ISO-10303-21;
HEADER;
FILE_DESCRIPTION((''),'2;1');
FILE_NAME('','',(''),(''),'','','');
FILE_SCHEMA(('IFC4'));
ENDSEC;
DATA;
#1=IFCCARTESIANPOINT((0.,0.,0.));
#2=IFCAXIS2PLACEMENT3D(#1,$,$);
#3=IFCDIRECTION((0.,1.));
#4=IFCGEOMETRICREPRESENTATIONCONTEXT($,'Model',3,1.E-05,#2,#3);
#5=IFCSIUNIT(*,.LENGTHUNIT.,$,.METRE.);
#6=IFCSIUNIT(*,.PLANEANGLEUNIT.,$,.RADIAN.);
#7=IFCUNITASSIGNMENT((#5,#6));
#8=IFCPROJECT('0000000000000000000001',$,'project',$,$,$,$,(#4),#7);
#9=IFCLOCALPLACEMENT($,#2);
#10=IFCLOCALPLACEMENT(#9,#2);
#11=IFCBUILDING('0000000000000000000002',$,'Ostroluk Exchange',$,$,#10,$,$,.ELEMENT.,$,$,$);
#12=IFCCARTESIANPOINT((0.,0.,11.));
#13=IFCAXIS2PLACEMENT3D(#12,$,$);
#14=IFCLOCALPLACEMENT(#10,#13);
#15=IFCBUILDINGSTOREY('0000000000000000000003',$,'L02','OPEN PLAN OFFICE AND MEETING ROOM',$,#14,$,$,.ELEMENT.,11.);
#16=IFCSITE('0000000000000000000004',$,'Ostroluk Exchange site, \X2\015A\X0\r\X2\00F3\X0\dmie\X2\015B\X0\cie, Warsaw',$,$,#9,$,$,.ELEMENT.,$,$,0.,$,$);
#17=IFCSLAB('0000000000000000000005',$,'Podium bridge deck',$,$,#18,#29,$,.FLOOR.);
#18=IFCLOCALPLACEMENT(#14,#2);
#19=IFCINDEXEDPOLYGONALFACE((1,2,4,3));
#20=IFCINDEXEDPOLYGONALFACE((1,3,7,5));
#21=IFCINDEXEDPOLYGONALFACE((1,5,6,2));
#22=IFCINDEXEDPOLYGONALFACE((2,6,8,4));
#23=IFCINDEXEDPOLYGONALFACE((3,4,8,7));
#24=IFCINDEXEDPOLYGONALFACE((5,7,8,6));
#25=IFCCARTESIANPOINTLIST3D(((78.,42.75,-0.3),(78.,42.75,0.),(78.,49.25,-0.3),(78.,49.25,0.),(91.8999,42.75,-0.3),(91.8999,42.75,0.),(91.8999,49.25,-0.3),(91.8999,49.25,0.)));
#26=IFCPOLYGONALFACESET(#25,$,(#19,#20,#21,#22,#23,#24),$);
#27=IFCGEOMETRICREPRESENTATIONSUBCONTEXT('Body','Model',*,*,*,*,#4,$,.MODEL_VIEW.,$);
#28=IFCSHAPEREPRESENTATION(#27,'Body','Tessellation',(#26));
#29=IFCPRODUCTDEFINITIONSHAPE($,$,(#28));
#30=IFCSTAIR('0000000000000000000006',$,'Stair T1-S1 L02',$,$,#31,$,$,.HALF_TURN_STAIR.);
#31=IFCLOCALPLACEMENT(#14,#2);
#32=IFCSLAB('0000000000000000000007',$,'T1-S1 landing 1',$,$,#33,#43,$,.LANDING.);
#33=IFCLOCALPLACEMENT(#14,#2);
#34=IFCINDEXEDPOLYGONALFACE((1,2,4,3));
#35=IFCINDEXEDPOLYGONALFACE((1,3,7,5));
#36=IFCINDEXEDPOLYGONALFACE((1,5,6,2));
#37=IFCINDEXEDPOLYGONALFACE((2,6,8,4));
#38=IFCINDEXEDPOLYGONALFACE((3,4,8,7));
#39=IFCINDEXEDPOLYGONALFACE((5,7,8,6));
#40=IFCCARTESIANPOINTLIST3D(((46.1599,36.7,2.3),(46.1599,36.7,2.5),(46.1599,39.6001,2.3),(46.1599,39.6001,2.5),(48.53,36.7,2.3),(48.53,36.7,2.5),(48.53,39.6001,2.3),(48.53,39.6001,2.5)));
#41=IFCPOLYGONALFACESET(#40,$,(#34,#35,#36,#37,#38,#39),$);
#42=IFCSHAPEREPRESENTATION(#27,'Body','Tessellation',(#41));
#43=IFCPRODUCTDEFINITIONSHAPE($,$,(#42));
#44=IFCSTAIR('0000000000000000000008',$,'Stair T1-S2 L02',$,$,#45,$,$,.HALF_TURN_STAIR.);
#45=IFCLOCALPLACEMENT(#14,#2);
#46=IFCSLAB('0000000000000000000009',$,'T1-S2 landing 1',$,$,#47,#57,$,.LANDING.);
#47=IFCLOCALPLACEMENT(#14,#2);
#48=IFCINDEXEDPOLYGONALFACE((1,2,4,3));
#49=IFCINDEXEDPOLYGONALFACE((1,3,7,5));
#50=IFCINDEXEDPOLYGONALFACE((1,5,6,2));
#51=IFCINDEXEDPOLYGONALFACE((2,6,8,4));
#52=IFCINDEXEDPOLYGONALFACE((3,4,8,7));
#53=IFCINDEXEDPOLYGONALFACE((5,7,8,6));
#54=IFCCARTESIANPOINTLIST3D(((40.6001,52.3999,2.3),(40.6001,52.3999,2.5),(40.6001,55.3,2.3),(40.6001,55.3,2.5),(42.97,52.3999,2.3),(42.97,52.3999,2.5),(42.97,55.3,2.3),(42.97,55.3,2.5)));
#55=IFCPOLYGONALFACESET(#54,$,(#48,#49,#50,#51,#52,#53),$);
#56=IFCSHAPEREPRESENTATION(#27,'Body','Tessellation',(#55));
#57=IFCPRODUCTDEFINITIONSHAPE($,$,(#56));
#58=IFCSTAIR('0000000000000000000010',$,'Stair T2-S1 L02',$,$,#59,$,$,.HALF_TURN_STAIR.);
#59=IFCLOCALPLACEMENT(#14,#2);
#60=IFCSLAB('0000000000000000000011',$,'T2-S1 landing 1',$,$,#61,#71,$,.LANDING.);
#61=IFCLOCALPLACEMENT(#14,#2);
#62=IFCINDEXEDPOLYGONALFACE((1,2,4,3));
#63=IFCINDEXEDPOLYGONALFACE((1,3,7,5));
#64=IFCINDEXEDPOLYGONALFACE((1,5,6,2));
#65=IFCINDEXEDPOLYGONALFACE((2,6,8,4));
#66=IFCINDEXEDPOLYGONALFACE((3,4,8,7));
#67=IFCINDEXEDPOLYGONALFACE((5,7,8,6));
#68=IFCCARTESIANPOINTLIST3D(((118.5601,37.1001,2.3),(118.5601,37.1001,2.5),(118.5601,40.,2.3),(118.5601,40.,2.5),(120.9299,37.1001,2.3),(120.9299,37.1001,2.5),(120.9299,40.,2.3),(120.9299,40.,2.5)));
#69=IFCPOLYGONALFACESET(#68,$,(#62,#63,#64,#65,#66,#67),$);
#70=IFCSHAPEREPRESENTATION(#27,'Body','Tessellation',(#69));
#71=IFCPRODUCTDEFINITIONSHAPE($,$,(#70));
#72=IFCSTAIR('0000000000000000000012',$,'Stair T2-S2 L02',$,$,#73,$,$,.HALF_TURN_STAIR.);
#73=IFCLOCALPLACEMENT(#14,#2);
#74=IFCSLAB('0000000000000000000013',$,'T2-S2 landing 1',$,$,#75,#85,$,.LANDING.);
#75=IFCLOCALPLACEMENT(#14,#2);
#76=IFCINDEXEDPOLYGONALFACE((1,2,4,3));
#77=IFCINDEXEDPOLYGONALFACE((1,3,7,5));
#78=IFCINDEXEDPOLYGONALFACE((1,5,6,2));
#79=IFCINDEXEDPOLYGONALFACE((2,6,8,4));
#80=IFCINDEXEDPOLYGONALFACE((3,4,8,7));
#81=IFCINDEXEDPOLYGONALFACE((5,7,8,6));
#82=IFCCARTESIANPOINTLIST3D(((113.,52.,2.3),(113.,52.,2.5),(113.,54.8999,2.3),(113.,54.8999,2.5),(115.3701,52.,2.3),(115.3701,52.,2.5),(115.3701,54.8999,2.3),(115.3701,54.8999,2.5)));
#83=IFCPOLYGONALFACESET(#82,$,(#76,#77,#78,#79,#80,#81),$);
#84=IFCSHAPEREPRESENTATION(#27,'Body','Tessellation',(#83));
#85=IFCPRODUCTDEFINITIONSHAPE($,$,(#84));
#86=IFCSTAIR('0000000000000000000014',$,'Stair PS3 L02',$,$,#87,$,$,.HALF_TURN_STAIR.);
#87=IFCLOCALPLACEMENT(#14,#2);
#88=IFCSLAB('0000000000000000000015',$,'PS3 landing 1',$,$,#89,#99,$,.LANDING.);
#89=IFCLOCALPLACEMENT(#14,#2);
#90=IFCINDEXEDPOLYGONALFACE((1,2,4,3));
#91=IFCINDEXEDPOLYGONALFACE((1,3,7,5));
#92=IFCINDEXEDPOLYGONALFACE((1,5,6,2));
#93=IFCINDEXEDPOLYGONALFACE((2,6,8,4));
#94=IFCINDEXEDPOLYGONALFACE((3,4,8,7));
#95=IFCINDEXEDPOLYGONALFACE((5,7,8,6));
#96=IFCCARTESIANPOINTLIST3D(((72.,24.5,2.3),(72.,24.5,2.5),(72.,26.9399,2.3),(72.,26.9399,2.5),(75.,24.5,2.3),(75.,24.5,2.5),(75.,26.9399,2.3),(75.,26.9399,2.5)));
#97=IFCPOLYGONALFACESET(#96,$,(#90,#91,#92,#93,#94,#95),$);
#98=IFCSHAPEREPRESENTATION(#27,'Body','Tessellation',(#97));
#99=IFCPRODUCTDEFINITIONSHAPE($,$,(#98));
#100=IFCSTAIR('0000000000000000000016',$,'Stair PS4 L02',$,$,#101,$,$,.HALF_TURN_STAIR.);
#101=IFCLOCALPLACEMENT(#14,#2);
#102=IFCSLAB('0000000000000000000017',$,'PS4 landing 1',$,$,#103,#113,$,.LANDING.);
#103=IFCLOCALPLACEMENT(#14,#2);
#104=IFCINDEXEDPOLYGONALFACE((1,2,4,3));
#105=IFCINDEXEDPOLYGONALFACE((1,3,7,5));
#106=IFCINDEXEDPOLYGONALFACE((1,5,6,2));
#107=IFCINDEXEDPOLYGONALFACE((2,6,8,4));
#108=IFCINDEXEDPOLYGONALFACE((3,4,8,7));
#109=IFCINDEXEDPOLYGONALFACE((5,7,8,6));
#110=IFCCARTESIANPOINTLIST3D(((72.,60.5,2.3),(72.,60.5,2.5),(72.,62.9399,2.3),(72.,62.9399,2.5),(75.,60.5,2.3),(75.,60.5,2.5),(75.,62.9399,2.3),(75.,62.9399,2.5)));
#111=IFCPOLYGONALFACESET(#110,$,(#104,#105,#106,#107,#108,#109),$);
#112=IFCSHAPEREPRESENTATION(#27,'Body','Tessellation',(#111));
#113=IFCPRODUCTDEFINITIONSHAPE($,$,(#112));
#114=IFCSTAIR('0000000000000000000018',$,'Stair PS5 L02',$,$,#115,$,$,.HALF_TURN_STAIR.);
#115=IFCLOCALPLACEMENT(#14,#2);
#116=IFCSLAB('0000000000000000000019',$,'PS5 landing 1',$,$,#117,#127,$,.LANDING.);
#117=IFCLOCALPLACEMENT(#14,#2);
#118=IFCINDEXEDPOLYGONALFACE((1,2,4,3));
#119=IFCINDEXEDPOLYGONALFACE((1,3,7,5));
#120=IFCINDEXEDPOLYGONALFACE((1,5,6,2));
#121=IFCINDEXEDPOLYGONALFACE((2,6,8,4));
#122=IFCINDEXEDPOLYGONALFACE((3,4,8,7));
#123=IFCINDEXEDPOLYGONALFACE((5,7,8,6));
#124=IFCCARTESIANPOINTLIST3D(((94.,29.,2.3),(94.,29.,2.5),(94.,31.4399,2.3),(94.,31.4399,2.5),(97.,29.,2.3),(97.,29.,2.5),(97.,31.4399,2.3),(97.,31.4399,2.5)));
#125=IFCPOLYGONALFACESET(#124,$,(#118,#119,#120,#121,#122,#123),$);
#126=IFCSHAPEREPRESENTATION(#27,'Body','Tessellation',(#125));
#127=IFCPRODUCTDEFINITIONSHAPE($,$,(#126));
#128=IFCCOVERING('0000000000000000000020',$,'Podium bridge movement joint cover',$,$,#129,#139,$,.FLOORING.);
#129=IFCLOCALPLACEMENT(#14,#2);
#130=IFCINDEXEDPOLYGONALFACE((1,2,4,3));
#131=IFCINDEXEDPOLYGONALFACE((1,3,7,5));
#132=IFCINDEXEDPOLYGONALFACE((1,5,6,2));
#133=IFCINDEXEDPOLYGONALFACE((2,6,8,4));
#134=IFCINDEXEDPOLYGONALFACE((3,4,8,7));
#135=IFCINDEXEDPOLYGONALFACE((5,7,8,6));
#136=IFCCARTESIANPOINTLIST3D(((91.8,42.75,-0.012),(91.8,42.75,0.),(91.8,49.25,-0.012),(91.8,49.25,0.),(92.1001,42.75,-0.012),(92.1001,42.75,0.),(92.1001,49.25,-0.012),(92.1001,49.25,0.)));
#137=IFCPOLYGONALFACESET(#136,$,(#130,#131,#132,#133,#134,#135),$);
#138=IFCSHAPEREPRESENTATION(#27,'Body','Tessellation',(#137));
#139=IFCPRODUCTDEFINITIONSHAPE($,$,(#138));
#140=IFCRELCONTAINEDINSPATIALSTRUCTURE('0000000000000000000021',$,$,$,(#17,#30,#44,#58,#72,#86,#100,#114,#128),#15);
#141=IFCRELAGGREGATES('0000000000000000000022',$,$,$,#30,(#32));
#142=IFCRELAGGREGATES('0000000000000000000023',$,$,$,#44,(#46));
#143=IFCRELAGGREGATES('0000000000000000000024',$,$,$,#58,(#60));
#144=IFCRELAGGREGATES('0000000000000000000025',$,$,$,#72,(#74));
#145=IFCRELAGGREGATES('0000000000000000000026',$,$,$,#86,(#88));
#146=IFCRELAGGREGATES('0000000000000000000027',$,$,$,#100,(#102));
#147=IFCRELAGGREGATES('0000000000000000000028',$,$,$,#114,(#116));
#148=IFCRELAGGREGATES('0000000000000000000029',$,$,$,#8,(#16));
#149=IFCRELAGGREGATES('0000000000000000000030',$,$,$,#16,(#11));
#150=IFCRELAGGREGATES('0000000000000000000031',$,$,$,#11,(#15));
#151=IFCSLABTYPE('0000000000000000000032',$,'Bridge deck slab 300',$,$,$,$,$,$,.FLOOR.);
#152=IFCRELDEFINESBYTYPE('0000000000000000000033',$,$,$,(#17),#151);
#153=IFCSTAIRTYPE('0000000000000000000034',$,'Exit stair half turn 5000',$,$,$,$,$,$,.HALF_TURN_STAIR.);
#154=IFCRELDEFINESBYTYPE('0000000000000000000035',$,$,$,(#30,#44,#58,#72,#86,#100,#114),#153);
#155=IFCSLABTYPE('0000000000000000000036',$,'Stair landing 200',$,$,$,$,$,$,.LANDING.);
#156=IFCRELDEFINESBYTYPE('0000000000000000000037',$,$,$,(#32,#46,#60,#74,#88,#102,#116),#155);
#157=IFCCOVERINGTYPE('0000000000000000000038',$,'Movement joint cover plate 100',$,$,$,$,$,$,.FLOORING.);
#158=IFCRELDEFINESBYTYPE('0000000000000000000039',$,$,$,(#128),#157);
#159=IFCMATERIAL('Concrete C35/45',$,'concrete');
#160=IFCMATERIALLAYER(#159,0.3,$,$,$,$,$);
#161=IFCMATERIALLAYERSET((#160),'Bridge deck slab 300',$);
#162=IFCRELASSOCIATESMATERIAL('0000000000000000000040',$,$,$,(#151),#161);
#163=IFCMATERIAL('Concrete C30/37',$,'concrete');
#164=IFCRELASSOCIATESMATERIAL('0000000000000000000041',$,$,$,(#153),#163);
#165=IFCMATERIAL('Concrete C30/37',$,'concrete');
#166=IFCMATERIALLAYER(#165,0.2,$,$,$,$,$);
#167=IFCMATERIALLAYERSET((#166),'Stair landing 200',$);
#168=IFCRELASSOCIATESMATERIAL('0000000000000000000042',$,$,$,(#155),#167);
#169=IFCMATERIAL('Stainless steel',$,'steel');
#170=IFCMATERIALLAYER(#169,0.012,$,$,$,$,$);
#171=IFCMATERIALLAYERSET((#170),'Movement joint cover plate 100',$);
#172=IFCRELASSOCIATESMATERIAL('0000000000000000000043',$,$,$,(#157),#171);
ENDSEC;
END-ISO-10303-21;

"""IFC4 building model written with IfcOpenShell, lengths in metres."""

from ifc_helpers import new_model, si_unit, direction, frame, origin, place, context, subcontext, project, spatial, polyline, outline, extrude, material, layer, layer_set, type_object, element, aggregate, save


model = new_model("IFC4")

# Units and contexts
model_context = context("Model", 3, precision=1e-05, world=origin(), true_north=direction((0.0, 1.0)))
body_context = subcontext(model_context, "Body", "Model", "MODEL_VIEW")
ifc_project = project(units=[si_unit("LENGTHUNIT", "METRE"), si_unit("PLANEANGLEUNIT", "RADIAN")], contexts=[model_context])

# Site, building, storey
site_placement = place(None, origin())
site = spatial("IfcSite", under=ifc_project, at=site_placement, Name="Ostroluk Exchange site, Śródmieście, Warsaw", CompositionType="ELEMENT", RefElevation=0.0)
building_placement = place(site_placement, origin())
building = spatial("IfcBuilding", under=site, at=building_placement, Name="Ostroluk Exchange", CompositionType="ELEMENT")
storey_placement = place(building_placement, frame((0.0, 0.0, 11.0)))
storey = spatial("IfcBuildingStorey", under=building, at=storey_placement, Name="L02", Description="OPEN PLAN OFFICE AND MEETING ROOM", CompositionType="ELEMENT", Elevation=11.0)

# Slab
ifc_material_1 = material(Name="Concrete C35/45", Category="concrete")
ifc_layer_1 = layer(ifc_material_1, 0.3)
ifc_layer_set_1 = layer_set([ifc_layer_1], Name="Bridge deck slab 300")
slab_type_1 = type_object("IfcSlabType", Name="Bridge deck slab 300", PredefinedType="FLOOR", material=ifc_layer_set_1)
slab_1_placement = place(storey_placement, frame((0.0, 0.0, -0.3)))
element("IfcSlab", 1, at=slab_1_placement, inside=storey, type_object=slab_type_1, Name="Podium bridge deck", PredefinedType="FLOOR", context=body_context, shape_type="SweptSolid", body=[
    extrude(outline(polyline([(78.0, 42.75), (91.8999, 42.75), (91.8999, 49.25), (78.0, 49.25), (78.0, 42.75)])), origin(), (0.0, 0.0, 1.0), 0.3),
])

# Stairs, slabs
ifc_material_2 = material(Name="Concrete C30/37", Category="concrete")
stair_type = type_object("IfcStairType", Name="Exit stair half turn 5000", PredefinedType="HALF_TURN_STAIR", material=ifc_material_2)
stair_1_placement = place(storey_placement, origin())
stair_1 = element("IfcStair", 2, at=stair_1_placement, inside=storey, type_object=stair_type, Name="Stair T1-S1 L02", PredefinedType="HALF_TURN_STAIR")
ifc_material_3 = material(Name="Concrete C30/37", Category="concrete")
ifc_layer_2 = layer(ifc_material_3, 0.2)
ifc_layer_set_2 = layer_set([ifc_layer_2], Name="Stair landing 200")
slab_type_2 = type_object("IfcSlabType", Name="Stair landing 200", PredefinedType="LANDING", material=ifc_layer_set_2)
slab_2_placement = place(storey_placement, frame((0.0, 0.0, 2.3)))
slab_2 = element("IfcSlab", 3, at=slab_2_placement, type_object=slab_type_2, Name="T1-S1 landing 1", PredefinedType="LANDING", context=body_context, shape_type="SweptSolid", body=[
    extrude(outline(polyline([(46.1599, 36.7), (46.1599, 39.6001), (48.53, 39.6001), (48.53, 36.7), (46.1599, 36.7)])), origin(), (0.0, 0.0, 1.0), 0.2),
])
aggregate(stair_1, [slab_2])
stair_2_placement = place(storey_placement, origin())
stair_2 = element("IfcStair", 4, at=stair_2_placement, inside=storey, type_object=stair_type, Name="Stair T1-S2 L02", PredefinedType="HALF_TURN_STAIR")
slab_3_placement = place(storey_placement, frame((0.0, 0.0, 2.3)))
slab_3 = element("IfcSlab", 5, at=slab_3_placement, type_object=slab_type_2, Name="T1-S2 landing 1", PredefinedType="LANDING", context=body_context, shape_type="SweptSolid", body=[
    extrude(outline(polyline([(42.97, 52.3999), (42.97, 55.3), (40.6001, 55.3), (40.6001, 52.3999), (42.97, 52.3999)])), origin(), (0.0, 0.0, 1.0), 0.2),
])
aggregate(stair_2, [slab_3])
stair_3_placement = place(storey_placement, origin())
stair_3 = element("IfcStair", 6, at=stair_3_placement, inside=storey, type_object=stair_type, Name="Stair T2-S1 L02", PredefinedType="HALF_TURN_STAIR")
slab_4_placement = place(storey_placement, frame((0.0, 0.0, 2.3)))
slab_4 = element("IfcSlab", 7, at=slab_4_placement, type_object=slab_type_2, Name="T2-S1 landing 1", PredefinedType="LANDING", context=body_context, shape_type="SweptSolid", body=[
    extrude(outline(polyline([(118.5601, 37.1001), (118.5601, 40.0), (120.9299, 40.0), (120.9299, 37.1001), (118.5601, 37.1001)])), origin(), (0.0, 0.0, 1.0), 0.2),
])
aggregate(stair_3, [slab_4])
stair_4_placement = place(storey_placement, origin())
stair_4 = element("IfcStair", 8, at=stair_4_placement, inside=storey, type_object=stair_type, Name="Stair T2-S2 L02", PredefinedType="HALF_TURN_STAIR")
slab_5_placement = place(storey_placement, frame((0.0, 0.0, 2.3)))
slab_5 = element("IfcSlab", 9, at=slab_5_placement, type_object=slab_type_2, Name="T2-S2 landing 1", PredefinedType="LANDING", context=body_context, shape_type="SweptSolid", body=[
    extrude(outline(polyline([(115.3701, 52.0), (115.3701, 54.8999), (113.0, 54.8999), (113.0, 52.0), (115.3701, 52.0)])), origin(), (0.0, 0.0, 1.0), 0.2),
])
aggregate(stair_4, [slab_5])
stair_5_placement = place(storey_placement, origin())
stair_5 = element("IfcStair", 10, at=stair_5_placement, inside=storey, type_object=stair_type, Name="Stair PS3 L02", PredefinedType="HALF_TURN_STAIR")
slab_6_placement = place(storey_placement, frame((0.0, 0.0, 2.3)))
slab_6 = element("IfcSlab", 11, at=slab_6_placement, type_object=slab_type_2, Name="PS3 landing 1", PredefinedType="LANDING", context=body_context, shape_type="SweptSolid", body=[
    extrude(outline(polyline([(72.0, 26.9399), (75.0, 26.9399), (75.0, 24.5), (72.0, 24.5), (72.0, 26.9399)])), origin(), (0.0, 0.0, 1.0), 0.2),
])
aggregate(stair_5, [slab_6])
stair_6_placement = place(storey_placement, origin())
stair_6 = element("IfcStair", 12, at=stair_6_placement, inside=storey, type_object=stair_type, Name="Stair PS4 L02", PredefinedType="HALF_TURN_STAIR")
slab_7_placement = place(storey_placement, frame((0.0, 0.0, 2.3)))
slab_7 = element("IfcSlab", 13, at=slab_7_placement, type_object=slab_type_2, Name="PS4 landing 1", PredefinedType="LANDING", context=body_context, shape_type="SweptSolid", body=[
    extrude(outline(polyline([(72.0, 62.9399), (75.0, 62.9399), (75.0, 60.5), (72.0, 60.5), (72.0, 62.9399)])), origin(), (0.0, 0.0, 1.0), 0.2),
])
aggregate(stair_6, [slab_7])
stair_7_placement = place(storey_placement, origin())
stair_7 = element("IfcStair", 14, at=stair_7_placement, inside=storey, type_object=stair_type, Name="Stair PS5 L02", PredefinedType="HALF_TURN_STAIR")
slab_8_placement = place(storey_placement, frame((0.0, 0.0, 2.3)))
slab_8 = element("IfcSlab", 15, at=slab_8_placement, type_object=slab_type_2, Name="PS5 landing 1", PredefinedType="LANDING", context=body_context, shape_type="SweptSolid", body=[
    extrude(outline(polyline([(94.0, 31.4399), (97.0, 31.4399), (97.0, 29.0), (94.0, 29.0), (94.0, 31.4399)])), origin(), (0.0, 0.0, 1.0), 0.2),
])
aggregate(stair_7, [slab_8])

# Covering
ifc_material_4 = material(Name="Stainless steel", Category="steel")
ifc_layer_3 = layer(ifc_material_4, 0.012)
ifc_layer_set_3 = layer_set([ifc_layer_3], Name="Movement joint cover plate 100")
covering_type = type_object("IfcCoveringType", Name="Movement joint cover plate 100", PredefinedType="FLOORING", material=ifc_layer_set_3)
covering_placement = place(storey_placement, frame((0.0, 0.0, -0.012)))
element("IfcCovering", 16, at=covering_placement, inside=storey, type_object=covering_type, Name="Podium bridge movement joint cover", PredefinedType="FLOORING", context=body_context, shape_type="SweptSolid", body=[
    extrude(outline(polyline([(91.8, 42.75), (92.1001, 42.75), (92.1001, 49.25), (91.8, 49.25), (91.8, 42.75)])), origin(), (0.0, 0.0, 1.0), 0.012),
])

save(model, "model.ifc")
